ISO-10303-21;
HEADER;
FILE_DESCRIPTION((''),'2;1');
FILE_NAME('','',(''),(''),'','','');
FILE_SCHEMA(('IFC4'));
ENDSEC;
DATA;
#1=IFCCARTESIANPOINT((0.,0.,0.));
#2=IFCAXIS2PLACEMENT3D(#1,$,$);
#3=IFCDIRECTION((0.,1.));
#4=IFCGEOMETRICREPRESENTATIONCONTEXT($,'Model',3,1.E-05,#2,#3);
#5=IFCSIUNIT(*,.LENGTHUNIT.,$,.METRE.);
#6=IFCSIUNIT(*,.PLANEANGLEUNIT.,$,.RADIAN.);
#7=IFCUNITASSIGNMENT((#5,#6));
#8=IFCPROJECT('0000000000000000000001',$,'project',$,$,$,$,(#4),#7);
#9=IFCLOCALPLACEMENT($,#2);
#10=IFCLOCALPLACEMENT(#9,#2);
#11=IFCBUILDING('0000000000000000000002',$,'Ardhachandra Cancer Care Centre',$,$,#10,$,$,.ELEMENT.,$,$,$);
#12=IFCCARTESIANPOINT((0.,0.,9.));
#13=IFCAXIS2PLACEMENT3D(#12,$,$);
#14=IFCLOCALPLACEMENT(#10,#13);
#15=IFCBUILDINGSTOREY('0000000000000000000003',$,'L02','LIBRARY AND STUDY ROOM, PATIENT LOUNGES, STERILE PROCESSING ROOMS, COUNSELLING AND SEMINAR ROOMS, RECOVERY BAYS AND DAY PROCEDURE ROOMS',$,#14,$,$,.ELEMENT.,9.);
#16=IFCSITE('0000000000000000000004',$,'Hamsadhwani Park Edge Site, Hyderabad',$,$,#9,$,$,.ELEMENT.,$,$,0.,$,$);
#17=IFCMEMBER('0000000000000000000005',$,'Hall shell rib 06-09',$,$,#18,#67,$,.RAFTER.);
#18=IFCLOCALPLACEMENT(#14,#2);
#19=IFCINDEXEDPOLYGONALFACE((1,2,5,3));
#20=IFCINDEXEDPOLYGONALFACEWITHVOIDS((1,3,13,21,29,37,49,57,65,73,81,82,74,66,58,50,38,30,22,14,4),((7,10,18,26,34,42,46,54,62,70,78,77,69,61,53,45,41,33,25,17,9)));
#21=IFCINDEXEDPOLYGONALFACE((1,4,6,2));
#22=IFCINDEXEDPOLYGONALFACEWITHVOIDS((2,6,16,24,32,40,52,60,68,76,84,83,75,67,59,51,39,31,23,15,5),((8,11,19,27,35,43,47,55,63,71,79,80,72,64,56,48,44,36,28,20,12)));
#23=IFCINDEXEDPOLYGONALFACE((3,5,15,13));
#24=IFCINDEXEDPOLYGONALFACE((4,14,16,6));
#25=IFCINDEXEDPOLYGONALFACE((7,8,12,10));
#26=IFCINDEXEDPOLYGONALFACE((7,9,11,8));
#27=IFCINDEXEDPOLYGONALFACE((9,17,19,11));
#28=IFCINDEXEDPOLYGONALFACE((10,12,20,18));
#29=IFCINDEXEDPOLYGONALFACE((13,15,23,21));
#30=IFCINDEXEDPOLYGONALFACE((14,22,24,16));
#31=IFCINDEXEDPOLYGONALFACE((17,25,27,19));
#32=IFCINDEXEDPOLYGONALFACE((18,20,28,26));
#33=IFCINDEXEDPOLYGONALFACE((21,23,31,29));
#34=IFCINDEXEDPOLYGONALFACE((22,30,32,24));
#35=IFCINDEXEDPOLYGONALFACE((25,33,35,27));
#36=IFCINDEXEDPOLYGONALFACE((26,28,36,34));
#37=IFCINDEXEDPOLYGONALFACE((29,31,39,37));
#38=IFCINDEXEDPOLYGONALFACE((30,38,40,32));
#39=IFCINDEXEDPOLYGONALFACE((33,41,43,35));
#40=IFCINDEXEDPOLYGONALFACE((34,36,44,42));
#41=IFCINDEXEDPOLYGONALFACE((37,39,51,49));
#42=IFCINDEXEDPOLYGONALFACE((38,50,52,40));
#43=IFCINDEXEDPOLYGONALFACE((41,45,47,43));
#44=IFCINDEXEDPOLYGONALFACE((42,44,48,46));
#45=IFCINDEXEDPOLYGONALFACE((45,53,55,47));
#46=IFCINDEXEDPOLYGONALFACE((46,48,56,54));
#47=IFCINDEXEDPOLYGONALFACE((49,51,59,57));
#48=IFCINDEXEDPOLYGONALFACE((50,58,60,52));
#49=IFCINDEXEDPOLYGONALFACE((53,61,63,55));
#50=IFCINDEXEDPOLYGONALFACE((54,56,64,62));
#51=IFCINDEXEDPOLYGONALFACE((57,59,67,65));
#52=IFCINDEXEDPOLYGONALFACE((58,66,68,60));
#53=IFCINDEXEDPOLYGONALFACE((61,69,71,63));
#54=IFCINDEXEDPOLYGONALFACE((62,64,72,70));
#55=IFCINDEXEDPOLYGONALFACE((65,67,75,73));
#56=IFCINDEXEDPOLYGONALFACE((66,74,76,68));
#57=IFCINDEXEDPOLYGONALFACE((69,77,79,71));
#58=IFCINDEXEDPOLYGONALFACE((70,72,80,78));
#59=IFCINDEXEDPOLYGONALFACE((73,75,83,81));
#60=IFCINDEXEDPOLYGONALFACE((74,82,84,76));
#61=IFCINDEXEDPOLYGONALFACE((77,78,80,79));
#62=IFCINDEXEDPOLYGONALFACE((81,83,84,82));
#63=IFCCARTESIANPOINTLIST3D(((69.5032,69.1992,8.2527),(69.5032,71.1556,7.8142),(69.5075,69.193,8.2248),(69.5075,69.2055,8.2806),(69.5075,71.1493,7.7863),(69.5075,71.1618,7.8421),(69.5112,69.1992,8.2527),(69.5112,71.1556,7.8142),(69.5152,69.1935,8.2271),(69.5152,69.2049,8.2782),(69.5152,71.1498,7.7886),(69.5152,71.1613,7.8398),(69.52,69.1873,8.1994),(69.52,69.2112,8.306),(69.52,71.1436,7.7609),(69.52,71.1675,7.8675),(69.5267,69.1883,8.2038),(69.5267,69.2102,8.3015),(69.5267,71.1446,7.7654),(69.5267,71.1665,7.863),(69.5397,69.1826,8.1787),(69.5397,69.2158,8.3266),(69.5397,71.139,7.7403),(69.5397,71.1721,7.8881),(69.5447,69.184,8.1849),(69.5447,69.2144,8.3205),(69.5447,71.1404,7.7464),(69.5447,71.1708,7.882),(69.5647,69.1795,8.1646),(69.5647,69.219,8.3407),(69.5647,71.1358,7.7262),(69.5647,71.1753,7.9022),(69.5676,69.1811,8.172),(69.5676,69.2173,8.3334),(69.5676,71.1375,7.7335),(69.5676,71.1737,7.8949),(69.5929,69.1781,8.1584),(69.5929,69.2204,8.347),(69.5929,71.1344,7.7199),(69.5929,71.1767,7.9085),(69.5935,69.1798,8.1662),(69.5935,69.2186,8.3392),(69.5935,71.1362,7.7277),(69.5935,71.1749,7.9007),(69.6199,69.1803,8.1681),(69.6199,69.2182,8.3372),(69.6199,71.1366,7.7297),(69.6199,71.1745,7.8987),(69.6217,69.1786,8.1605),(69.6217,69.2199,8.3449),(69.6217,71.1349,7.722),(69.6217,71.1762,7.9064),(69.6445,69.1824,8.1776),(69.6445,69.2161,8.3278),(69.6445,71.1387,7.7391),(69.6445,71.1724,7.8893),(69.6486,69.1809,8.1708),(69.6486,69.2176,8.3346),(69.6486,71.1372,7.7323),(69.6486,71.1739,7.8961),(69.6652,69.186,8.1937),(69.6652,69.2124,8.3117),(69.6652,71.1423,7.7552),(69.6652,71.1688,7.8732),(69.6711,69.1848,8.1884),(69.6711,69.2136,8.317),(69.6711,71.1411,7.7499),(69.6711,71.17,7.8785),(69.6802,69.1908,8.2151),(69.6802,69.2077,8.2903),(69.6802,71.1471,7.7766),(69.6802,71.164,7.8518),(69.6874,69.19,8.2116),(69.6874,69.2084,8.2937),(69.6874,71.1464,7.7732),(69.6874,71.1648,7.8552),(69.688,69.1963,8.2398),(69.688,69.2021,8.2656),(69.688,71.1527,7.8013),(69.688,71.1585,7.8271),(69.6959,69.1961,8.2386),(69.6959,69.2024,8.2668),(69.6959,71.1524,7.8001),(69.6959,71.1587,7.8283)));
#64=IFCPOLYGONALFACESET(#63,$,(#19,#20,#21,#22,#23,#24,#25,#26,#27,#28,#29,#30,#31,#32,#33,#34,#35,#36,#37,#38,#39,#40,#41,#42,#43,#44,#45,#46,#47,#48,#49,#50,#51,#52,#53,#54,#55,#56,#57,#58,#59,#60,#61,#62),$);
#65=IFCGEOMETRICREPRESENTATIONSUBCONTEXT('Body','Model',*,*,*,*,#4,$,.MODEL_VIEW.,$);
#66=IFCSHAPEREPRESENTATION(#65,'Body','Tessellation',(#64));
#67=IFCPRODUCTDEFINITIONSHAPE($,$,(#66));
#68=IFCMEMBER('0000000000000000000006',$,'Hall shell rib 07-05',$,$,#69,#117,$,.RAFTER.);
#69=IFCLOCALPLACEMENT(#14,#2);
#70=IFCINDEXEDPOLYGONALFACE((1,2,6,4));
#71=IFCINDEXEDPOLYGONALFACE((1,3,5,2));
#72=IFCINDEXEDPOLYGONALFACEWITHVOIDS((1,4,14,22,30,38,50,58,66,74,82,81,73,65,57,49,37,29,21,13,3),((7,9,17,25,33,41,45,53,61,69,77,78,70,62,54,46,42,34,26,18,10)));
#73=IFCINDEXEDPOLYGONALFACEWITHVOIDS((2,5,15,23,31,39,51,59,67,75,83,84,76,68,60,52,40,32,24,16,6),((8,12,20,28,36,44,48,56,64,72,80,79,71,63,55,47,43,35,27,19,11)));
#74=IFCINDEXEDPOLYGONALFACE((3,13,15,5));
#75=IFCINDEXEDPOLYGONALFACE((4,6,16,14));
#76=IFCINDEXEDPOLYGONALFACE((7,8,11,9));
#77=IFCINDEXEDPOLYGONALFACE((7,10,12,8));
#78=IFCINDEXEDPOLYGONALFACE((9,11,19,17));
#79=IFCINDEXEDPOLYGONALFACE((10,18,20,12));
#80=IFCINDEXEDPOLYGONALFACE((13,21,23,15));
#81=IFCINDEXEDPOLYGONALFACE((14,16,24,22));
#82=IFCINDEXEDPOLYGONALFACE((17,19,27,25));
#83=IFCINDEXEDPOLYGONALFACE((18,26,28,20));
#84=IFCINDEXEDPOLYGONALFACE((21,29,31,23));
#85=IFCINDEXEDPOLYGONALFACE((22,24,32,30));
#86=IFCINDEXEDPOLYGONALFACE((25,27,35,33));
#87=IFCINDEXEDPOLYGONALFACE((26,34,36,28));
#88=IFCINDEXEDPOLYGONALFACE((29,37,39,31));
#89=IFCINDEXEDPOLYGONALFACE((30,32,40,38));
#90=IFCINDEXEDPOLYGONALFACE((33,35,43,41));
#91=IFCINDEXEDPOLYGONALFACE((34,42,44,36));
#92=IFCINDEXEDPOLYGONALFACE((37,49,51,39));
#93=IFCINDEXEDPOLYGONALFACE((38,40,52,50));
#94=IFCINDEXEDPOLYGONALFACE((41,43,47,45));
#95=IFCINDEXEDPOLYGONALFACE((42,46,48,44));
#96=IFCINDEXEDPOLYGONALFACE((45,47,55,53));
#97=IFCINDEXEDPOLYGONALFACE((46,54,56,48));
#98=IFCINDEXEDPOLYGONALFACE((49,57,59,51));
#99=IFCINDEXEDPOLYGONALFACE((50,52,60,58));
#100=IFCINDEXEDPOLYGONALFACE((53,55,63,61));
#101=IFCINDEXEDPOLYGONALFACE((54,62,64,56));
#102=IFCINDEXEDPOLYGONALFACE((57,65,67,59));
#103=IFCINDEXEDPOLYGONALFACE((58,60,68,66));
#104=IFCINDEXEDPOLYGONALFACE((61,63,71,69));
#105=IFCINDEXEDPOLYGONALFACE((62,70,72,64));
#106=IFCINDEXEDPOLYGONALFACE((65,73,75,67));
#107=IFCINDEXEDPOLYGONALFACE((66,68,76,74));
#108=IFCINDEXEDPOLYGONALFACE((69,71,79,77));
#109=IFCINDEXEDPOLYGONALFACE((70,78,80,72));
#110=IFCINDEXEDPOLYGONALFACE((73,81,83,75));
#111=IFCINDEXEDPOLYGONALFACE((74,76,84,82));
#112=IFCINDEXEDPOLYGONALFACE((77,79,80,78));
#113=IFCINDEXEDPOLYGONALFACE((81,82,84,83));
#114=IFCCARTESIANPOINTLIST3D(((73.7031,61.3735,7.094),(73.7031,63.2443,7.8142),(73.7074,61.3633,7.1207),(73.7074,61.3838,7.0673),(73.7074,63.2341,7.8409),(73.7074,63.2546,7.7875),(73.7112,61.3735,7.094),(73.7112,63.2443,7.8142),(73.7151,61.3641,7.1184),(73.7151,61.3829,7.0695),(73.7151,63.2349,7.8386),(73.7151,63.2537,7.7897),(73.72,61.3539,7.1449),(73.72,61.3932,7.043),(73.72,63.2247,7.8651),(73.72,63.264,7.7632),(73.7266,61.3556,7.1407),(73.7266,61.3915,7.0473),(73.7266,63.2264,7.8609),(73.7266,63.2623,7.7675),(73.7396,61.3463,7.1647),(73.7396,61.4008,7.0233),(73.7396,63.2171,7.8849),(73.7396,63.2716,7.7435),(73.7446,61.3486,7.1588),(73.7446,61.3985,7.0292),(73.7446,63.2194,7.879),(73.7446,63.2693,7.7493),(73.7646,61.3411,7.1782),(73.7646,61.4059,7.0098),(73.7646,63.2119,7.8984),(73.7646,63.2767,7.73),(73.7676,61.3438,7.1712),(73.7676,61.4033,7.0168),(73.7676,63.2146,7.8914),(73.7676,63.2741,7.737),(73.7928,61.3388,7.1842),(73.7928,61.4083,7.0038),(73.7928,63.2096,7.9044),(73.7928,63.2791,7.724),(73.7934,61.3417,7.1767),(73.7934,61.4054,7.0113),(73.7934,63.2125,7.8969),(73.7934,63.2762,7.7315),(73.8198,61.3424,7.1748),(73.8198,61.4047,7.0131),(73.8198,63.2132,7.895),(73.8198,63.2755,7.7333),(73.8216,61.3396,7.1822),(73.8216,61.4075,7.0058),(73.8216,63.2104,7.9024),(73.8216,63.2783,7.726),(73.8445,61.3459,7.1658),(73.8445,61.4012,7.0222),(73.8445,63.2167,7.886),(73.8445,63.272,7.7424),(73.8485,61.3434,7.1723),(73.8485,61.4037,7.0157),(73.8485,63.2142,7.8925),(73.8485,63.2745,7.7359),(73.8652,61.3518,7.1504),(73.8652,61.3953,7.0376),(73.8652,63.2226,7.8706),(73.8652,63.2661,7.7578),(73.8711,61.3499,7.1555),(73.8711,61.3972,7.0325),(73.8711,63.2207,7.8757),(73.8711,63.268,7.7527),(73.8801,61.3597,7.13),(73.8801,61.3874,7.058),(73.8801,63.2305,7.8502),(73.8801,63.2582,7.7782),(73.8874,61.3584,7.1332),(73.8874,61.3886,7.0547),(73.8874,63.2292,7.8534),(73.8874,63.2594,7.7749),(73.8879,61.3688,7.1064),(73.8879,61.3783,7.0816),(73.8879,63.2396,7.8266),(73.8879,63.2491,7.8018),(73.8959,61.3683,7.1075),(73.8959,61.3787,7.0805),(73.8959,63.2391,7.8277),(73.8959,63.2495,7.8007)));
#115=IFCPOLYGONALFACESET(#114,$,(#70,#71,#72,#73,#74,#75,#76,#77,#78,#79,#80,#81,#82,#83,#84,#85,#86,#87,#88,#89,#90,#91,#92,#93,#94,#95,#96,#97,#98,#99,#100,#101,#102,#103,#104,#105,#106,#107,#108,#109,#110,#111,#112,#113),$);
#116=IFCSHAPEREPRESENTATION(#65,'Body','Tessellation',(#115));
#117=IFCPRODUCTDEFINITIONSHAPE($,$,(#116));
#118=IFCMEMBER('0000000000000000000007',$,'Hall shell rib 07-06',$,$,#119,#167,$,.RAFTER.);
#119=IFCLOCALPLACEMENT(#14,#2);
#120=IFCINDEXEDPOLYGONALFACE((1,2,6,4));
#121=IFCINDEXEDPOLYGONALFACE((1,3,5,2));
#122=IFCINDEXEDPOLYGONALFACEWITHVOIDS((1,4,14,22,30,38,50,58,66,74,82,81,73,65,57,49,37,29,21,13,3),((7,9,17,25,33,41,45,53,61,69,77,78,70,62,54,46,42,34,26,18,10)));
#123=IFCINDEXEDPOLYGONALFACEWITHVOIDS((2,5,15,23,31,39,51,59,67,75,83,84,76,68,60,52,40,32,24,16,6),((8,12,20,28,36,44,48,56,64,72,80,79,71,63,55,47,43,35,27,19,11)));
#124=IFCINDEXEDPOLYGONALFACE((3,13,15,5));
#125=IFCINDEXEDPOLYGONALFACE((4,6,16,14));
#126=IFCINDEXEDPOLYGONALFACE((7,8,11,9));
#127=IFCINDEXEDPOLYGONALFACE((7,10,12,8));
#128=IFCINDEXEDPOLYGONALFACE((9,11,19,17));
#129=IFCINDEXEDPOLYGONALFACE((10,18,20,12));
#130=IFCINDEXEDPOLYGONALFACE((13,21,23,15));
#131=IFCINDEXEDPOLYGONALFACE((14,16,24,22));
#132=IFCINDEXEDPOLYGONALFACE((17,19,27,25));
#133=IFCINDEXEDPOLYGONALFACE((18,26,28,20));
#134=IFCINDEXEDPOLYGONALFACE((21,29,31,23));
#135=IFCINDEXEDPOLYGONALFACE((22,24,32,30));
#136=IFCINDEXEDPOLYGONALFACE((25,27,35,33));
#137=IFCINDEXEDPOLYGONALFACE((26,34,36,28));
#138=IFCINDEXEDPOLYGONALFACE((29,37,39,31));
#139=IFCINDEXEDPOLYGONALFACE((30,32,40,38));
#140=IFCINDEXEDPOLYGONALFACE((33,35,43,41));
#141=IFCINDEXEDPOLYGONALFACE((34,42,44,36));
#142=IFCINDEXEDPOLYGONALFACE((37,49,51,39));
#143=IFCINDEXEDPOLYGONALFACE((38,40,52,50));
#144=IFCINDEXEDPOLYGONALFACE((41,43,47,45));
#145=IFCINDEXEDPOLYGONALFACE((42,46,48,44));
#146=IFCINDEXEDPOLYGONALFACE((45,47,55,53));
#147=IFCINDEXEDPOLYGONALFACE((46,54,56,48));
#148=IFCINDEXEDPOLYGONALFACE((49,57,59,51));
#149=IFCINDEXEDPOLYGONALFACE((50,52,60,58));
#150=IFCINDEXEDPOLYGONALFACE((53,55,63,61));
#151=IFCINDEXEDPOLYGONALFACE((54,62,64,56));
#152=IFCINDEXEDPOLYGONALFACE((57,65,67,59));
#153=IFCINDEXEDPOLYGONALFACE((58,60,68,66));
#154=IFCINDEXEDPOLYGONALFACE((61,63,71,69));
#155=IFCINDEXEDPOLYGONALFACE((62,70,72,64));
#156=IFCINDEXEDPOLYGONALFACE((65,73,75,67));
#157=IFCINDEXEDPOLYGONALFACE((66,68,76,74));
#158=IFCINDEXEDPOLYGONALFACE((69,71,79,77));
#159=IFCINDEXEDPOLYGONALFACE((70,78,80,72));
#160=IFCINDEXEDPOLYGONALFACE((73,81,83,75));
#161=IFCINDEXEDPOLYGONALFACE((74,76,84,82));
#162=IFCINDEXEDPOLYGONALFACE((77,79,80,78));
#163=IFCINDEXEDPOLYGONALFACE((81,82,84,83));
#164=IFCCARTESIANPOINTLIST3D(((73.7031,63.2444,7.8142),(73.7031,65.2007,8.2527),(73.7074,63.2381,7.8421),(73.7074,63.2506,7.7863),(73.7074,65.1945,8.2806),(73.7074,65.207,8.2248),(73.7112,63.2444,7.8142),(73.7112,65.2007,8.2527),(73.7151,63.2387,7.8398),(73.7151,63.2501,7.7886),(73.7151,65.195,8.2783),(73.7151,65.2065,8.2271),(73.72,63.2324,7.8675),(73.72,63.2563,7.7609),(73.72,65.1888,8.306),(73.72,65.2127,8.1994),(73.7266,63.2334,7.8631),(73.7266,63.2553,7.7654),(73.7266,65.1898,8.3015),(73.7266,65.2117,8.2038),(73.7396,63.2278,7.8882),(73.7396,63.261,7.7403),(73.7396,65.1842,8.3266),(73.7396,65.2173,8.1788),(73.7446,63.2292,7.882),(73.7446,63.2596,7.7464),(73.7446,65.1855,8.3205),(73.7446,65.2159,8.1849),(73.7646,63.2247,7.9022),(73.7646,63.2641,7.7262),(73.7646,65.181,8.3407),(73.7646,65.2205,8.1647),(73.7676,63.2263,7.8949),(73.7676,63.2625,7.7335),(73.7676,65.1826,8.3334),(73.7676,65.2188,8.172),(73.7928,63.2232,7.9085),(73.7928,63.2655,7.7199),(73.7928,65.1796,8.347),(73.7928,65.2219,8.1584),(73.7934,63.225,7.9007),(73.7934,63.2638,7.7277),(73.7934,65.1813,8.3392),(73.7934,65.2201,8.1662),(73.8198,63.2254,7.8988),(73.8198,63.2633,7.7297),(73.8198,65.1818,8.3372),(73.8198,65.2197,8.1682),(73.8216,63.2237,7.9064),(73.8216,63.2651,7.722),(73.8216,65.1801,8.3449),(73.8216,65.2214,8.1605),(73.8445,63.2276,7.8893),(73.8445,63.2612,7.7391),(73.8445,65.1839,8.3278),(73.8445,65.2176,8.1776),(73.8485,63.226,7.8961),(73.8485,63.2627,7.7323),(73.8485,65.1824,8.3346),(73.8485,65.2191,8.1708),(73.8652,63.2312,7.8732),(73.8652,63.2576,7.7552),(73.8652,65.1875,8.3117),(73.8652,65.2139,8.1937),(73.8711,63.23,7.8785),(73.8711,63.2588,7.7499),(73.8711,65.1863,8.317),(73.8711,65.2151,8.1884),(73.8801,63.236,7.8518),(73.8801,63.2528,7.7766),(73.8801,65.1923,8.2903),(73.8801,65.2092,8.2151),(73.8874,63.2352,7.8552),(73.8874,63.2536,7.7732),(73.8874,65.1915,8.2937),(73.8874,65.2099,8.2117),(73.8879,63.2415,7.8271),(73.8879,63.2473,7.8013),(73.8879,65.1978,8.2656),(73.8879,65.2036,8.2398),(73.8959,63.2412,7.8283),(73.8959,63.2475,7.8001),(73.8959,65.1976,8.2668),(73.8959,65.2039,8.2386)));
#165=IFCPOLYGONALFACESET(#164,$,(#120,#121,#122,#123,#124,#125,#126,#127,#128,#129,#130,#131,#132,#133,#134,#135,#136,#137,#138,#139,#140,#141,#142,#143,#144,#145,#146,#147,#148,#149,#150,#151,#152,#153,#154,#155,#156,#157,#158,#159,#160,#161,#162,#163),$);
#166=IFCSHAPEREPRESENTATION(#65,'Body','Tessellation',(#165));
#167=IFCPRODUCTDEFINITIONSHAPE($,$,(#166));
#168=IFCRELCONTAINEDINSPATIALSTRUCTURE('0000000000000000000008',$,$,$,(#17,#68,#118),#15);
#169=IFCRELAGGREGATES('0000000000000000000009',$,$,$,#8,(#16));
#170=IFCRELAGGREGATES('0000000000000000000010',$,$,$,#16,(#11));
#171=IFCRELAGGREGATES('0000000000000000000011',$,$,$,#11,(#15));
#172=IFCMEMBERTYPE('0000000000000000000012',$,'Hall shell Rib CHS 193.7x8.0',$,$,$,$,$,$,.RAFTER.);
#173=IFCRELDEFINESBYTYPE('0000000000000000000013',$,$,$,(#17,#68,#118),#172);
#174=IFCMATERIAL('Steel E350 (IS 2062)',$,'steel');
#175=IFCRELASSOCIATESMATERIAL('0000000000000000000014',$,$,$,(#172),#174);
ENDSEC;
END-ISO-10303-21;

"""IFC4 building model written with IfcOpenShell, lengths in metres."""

from ifc_helpers import new_model, si_unit, direction, frame, origin, origin_2d, place, context, subcontext, project, spatial, hollow_circle, extrude, material, material_profile, profile_set, type_object, element, save


model = new_model("IFC4")

# Units and contexts
model_context = context("Model", 3, precision=1e-05, world=origin(), true_north=direction((0.0, 1.0)))
body_context = subcontext(model_context, "Body", "Model", "MODEL_VIEW")
ifc_project = project(units=[si_unit("LENGTHUNIT", "METRE"), si_unit("PLANEANGLEUNIT", "RADIAN")], contexts=[model_context])

# Site, building, storey
site_placement = place(None, origin())
site = spatial("IfcSite", under=ifc_project, at=site_placement, Name="Hamsadhwani Park Edge Site, Hyderabad", CompositionType="ELEMENT", RefElevation=0.0)
building_placement = place(site_placement, origin())
building = spatial("IfcBuilding", under=site, at=building_placement, Name="Ardhachandra Cancer Care Centre", CompositionType="ELEMENT")
storey_placement = place(building_placement, frame((0.0, 0.0, 9.0)))
storey = spatial("IfcBuildingStorey", under=building, at=storey_placement, Name="L02", Description="LIBRARY AND STUDY ROOM, PATIENT LOUNGES, STERILE PROCESSING ROOMS, COUNSELLING AND SEMINAR ROOMS, RECOVERY BAYS AND DAY PROCEDURE ROOMS", CompositionType="ELEMENT", Elevation=9.0)

# Members
ifc_material_1 = material(Name="Steel E350 (IS 2062)", Category="steel")
ifc_material_profile_1 = material_profile(ifc_material_1, hollow_circle(Radius=0.0969, WallThickness=0.0081, at=origin_2d()), Name="CHS 193.7x8.0")
ifc_profile_set_1 = profile_set([ifc_material_profile_1], Name="Steel E350 (IS 2062)")
member_type_1 = type_object("IfcMemberType", Name="Hall shell Rib CHS 193.7x8.0", PredefinedType="RAFTER", material=ifc_profile_set_1)
member_1_placement = place(storey_placement, frame((69.6001, 69.1992, 8.2527), z_axis=(0.0, 0.97579, -0.218709), x_axis=(-1.0, 0.0, 0.0)))
element("IfcMember", 1, at=member_1_placement, inside=storey, type_object=member_type_1, Name="Hall shell rib 06-09", PredefinedType="RAFTER", context=body_context, shape_type="SweptSolid", body=[
    extrude(hollow_circle(Radius=0.0969, WallThickness=0.0081, at=origin_2d()), origin(), (0.0, 0.0, 1.0), 2.0049),
])
member_2_placement = place(storey_placement, frame((73.8, 61.3735, 7.094), z_axis=(0.0, 0.933236, 0.359265), x_axis=(-1.0, 0.0, 0.0)))
element("IfcMember", 2, at=member_2_placement, inside=storey, type_object=member_type_1, Name="Hall shell rib 07-05", PredefinedType="RAFTER", context=body_context, shape_type="SweptSolid", body=[
    extrude(hollow_circle(Radius=0.0969, WallThickness=0.0081, at=origin_2d()), origin(), (0.0, 0.0, 1.0), 2.0046),
])
member_3_placement = place(storey_placement, frame((73.8, 63.2444, 7.8142), z_axis=(0.0, 0.97579, 0.218709), x_axis=(-1.0, 0.0, 0.0)))
element("IfcMember", 3, at=member_3_placement, inside=storey, type_object=member_type_1, Name="Hall shell rib 07-06", PredefinedType="RAFTER", context=body_context, shape_type="SweptSolid", body=[
    extrude(hollow_circle(Radius=0.0969, WallThickness=0.0081, at=origin_2d()), origin(), (0.0, 0.0, 1.0), 2.0049),
])

save(model, "model.ifc")
